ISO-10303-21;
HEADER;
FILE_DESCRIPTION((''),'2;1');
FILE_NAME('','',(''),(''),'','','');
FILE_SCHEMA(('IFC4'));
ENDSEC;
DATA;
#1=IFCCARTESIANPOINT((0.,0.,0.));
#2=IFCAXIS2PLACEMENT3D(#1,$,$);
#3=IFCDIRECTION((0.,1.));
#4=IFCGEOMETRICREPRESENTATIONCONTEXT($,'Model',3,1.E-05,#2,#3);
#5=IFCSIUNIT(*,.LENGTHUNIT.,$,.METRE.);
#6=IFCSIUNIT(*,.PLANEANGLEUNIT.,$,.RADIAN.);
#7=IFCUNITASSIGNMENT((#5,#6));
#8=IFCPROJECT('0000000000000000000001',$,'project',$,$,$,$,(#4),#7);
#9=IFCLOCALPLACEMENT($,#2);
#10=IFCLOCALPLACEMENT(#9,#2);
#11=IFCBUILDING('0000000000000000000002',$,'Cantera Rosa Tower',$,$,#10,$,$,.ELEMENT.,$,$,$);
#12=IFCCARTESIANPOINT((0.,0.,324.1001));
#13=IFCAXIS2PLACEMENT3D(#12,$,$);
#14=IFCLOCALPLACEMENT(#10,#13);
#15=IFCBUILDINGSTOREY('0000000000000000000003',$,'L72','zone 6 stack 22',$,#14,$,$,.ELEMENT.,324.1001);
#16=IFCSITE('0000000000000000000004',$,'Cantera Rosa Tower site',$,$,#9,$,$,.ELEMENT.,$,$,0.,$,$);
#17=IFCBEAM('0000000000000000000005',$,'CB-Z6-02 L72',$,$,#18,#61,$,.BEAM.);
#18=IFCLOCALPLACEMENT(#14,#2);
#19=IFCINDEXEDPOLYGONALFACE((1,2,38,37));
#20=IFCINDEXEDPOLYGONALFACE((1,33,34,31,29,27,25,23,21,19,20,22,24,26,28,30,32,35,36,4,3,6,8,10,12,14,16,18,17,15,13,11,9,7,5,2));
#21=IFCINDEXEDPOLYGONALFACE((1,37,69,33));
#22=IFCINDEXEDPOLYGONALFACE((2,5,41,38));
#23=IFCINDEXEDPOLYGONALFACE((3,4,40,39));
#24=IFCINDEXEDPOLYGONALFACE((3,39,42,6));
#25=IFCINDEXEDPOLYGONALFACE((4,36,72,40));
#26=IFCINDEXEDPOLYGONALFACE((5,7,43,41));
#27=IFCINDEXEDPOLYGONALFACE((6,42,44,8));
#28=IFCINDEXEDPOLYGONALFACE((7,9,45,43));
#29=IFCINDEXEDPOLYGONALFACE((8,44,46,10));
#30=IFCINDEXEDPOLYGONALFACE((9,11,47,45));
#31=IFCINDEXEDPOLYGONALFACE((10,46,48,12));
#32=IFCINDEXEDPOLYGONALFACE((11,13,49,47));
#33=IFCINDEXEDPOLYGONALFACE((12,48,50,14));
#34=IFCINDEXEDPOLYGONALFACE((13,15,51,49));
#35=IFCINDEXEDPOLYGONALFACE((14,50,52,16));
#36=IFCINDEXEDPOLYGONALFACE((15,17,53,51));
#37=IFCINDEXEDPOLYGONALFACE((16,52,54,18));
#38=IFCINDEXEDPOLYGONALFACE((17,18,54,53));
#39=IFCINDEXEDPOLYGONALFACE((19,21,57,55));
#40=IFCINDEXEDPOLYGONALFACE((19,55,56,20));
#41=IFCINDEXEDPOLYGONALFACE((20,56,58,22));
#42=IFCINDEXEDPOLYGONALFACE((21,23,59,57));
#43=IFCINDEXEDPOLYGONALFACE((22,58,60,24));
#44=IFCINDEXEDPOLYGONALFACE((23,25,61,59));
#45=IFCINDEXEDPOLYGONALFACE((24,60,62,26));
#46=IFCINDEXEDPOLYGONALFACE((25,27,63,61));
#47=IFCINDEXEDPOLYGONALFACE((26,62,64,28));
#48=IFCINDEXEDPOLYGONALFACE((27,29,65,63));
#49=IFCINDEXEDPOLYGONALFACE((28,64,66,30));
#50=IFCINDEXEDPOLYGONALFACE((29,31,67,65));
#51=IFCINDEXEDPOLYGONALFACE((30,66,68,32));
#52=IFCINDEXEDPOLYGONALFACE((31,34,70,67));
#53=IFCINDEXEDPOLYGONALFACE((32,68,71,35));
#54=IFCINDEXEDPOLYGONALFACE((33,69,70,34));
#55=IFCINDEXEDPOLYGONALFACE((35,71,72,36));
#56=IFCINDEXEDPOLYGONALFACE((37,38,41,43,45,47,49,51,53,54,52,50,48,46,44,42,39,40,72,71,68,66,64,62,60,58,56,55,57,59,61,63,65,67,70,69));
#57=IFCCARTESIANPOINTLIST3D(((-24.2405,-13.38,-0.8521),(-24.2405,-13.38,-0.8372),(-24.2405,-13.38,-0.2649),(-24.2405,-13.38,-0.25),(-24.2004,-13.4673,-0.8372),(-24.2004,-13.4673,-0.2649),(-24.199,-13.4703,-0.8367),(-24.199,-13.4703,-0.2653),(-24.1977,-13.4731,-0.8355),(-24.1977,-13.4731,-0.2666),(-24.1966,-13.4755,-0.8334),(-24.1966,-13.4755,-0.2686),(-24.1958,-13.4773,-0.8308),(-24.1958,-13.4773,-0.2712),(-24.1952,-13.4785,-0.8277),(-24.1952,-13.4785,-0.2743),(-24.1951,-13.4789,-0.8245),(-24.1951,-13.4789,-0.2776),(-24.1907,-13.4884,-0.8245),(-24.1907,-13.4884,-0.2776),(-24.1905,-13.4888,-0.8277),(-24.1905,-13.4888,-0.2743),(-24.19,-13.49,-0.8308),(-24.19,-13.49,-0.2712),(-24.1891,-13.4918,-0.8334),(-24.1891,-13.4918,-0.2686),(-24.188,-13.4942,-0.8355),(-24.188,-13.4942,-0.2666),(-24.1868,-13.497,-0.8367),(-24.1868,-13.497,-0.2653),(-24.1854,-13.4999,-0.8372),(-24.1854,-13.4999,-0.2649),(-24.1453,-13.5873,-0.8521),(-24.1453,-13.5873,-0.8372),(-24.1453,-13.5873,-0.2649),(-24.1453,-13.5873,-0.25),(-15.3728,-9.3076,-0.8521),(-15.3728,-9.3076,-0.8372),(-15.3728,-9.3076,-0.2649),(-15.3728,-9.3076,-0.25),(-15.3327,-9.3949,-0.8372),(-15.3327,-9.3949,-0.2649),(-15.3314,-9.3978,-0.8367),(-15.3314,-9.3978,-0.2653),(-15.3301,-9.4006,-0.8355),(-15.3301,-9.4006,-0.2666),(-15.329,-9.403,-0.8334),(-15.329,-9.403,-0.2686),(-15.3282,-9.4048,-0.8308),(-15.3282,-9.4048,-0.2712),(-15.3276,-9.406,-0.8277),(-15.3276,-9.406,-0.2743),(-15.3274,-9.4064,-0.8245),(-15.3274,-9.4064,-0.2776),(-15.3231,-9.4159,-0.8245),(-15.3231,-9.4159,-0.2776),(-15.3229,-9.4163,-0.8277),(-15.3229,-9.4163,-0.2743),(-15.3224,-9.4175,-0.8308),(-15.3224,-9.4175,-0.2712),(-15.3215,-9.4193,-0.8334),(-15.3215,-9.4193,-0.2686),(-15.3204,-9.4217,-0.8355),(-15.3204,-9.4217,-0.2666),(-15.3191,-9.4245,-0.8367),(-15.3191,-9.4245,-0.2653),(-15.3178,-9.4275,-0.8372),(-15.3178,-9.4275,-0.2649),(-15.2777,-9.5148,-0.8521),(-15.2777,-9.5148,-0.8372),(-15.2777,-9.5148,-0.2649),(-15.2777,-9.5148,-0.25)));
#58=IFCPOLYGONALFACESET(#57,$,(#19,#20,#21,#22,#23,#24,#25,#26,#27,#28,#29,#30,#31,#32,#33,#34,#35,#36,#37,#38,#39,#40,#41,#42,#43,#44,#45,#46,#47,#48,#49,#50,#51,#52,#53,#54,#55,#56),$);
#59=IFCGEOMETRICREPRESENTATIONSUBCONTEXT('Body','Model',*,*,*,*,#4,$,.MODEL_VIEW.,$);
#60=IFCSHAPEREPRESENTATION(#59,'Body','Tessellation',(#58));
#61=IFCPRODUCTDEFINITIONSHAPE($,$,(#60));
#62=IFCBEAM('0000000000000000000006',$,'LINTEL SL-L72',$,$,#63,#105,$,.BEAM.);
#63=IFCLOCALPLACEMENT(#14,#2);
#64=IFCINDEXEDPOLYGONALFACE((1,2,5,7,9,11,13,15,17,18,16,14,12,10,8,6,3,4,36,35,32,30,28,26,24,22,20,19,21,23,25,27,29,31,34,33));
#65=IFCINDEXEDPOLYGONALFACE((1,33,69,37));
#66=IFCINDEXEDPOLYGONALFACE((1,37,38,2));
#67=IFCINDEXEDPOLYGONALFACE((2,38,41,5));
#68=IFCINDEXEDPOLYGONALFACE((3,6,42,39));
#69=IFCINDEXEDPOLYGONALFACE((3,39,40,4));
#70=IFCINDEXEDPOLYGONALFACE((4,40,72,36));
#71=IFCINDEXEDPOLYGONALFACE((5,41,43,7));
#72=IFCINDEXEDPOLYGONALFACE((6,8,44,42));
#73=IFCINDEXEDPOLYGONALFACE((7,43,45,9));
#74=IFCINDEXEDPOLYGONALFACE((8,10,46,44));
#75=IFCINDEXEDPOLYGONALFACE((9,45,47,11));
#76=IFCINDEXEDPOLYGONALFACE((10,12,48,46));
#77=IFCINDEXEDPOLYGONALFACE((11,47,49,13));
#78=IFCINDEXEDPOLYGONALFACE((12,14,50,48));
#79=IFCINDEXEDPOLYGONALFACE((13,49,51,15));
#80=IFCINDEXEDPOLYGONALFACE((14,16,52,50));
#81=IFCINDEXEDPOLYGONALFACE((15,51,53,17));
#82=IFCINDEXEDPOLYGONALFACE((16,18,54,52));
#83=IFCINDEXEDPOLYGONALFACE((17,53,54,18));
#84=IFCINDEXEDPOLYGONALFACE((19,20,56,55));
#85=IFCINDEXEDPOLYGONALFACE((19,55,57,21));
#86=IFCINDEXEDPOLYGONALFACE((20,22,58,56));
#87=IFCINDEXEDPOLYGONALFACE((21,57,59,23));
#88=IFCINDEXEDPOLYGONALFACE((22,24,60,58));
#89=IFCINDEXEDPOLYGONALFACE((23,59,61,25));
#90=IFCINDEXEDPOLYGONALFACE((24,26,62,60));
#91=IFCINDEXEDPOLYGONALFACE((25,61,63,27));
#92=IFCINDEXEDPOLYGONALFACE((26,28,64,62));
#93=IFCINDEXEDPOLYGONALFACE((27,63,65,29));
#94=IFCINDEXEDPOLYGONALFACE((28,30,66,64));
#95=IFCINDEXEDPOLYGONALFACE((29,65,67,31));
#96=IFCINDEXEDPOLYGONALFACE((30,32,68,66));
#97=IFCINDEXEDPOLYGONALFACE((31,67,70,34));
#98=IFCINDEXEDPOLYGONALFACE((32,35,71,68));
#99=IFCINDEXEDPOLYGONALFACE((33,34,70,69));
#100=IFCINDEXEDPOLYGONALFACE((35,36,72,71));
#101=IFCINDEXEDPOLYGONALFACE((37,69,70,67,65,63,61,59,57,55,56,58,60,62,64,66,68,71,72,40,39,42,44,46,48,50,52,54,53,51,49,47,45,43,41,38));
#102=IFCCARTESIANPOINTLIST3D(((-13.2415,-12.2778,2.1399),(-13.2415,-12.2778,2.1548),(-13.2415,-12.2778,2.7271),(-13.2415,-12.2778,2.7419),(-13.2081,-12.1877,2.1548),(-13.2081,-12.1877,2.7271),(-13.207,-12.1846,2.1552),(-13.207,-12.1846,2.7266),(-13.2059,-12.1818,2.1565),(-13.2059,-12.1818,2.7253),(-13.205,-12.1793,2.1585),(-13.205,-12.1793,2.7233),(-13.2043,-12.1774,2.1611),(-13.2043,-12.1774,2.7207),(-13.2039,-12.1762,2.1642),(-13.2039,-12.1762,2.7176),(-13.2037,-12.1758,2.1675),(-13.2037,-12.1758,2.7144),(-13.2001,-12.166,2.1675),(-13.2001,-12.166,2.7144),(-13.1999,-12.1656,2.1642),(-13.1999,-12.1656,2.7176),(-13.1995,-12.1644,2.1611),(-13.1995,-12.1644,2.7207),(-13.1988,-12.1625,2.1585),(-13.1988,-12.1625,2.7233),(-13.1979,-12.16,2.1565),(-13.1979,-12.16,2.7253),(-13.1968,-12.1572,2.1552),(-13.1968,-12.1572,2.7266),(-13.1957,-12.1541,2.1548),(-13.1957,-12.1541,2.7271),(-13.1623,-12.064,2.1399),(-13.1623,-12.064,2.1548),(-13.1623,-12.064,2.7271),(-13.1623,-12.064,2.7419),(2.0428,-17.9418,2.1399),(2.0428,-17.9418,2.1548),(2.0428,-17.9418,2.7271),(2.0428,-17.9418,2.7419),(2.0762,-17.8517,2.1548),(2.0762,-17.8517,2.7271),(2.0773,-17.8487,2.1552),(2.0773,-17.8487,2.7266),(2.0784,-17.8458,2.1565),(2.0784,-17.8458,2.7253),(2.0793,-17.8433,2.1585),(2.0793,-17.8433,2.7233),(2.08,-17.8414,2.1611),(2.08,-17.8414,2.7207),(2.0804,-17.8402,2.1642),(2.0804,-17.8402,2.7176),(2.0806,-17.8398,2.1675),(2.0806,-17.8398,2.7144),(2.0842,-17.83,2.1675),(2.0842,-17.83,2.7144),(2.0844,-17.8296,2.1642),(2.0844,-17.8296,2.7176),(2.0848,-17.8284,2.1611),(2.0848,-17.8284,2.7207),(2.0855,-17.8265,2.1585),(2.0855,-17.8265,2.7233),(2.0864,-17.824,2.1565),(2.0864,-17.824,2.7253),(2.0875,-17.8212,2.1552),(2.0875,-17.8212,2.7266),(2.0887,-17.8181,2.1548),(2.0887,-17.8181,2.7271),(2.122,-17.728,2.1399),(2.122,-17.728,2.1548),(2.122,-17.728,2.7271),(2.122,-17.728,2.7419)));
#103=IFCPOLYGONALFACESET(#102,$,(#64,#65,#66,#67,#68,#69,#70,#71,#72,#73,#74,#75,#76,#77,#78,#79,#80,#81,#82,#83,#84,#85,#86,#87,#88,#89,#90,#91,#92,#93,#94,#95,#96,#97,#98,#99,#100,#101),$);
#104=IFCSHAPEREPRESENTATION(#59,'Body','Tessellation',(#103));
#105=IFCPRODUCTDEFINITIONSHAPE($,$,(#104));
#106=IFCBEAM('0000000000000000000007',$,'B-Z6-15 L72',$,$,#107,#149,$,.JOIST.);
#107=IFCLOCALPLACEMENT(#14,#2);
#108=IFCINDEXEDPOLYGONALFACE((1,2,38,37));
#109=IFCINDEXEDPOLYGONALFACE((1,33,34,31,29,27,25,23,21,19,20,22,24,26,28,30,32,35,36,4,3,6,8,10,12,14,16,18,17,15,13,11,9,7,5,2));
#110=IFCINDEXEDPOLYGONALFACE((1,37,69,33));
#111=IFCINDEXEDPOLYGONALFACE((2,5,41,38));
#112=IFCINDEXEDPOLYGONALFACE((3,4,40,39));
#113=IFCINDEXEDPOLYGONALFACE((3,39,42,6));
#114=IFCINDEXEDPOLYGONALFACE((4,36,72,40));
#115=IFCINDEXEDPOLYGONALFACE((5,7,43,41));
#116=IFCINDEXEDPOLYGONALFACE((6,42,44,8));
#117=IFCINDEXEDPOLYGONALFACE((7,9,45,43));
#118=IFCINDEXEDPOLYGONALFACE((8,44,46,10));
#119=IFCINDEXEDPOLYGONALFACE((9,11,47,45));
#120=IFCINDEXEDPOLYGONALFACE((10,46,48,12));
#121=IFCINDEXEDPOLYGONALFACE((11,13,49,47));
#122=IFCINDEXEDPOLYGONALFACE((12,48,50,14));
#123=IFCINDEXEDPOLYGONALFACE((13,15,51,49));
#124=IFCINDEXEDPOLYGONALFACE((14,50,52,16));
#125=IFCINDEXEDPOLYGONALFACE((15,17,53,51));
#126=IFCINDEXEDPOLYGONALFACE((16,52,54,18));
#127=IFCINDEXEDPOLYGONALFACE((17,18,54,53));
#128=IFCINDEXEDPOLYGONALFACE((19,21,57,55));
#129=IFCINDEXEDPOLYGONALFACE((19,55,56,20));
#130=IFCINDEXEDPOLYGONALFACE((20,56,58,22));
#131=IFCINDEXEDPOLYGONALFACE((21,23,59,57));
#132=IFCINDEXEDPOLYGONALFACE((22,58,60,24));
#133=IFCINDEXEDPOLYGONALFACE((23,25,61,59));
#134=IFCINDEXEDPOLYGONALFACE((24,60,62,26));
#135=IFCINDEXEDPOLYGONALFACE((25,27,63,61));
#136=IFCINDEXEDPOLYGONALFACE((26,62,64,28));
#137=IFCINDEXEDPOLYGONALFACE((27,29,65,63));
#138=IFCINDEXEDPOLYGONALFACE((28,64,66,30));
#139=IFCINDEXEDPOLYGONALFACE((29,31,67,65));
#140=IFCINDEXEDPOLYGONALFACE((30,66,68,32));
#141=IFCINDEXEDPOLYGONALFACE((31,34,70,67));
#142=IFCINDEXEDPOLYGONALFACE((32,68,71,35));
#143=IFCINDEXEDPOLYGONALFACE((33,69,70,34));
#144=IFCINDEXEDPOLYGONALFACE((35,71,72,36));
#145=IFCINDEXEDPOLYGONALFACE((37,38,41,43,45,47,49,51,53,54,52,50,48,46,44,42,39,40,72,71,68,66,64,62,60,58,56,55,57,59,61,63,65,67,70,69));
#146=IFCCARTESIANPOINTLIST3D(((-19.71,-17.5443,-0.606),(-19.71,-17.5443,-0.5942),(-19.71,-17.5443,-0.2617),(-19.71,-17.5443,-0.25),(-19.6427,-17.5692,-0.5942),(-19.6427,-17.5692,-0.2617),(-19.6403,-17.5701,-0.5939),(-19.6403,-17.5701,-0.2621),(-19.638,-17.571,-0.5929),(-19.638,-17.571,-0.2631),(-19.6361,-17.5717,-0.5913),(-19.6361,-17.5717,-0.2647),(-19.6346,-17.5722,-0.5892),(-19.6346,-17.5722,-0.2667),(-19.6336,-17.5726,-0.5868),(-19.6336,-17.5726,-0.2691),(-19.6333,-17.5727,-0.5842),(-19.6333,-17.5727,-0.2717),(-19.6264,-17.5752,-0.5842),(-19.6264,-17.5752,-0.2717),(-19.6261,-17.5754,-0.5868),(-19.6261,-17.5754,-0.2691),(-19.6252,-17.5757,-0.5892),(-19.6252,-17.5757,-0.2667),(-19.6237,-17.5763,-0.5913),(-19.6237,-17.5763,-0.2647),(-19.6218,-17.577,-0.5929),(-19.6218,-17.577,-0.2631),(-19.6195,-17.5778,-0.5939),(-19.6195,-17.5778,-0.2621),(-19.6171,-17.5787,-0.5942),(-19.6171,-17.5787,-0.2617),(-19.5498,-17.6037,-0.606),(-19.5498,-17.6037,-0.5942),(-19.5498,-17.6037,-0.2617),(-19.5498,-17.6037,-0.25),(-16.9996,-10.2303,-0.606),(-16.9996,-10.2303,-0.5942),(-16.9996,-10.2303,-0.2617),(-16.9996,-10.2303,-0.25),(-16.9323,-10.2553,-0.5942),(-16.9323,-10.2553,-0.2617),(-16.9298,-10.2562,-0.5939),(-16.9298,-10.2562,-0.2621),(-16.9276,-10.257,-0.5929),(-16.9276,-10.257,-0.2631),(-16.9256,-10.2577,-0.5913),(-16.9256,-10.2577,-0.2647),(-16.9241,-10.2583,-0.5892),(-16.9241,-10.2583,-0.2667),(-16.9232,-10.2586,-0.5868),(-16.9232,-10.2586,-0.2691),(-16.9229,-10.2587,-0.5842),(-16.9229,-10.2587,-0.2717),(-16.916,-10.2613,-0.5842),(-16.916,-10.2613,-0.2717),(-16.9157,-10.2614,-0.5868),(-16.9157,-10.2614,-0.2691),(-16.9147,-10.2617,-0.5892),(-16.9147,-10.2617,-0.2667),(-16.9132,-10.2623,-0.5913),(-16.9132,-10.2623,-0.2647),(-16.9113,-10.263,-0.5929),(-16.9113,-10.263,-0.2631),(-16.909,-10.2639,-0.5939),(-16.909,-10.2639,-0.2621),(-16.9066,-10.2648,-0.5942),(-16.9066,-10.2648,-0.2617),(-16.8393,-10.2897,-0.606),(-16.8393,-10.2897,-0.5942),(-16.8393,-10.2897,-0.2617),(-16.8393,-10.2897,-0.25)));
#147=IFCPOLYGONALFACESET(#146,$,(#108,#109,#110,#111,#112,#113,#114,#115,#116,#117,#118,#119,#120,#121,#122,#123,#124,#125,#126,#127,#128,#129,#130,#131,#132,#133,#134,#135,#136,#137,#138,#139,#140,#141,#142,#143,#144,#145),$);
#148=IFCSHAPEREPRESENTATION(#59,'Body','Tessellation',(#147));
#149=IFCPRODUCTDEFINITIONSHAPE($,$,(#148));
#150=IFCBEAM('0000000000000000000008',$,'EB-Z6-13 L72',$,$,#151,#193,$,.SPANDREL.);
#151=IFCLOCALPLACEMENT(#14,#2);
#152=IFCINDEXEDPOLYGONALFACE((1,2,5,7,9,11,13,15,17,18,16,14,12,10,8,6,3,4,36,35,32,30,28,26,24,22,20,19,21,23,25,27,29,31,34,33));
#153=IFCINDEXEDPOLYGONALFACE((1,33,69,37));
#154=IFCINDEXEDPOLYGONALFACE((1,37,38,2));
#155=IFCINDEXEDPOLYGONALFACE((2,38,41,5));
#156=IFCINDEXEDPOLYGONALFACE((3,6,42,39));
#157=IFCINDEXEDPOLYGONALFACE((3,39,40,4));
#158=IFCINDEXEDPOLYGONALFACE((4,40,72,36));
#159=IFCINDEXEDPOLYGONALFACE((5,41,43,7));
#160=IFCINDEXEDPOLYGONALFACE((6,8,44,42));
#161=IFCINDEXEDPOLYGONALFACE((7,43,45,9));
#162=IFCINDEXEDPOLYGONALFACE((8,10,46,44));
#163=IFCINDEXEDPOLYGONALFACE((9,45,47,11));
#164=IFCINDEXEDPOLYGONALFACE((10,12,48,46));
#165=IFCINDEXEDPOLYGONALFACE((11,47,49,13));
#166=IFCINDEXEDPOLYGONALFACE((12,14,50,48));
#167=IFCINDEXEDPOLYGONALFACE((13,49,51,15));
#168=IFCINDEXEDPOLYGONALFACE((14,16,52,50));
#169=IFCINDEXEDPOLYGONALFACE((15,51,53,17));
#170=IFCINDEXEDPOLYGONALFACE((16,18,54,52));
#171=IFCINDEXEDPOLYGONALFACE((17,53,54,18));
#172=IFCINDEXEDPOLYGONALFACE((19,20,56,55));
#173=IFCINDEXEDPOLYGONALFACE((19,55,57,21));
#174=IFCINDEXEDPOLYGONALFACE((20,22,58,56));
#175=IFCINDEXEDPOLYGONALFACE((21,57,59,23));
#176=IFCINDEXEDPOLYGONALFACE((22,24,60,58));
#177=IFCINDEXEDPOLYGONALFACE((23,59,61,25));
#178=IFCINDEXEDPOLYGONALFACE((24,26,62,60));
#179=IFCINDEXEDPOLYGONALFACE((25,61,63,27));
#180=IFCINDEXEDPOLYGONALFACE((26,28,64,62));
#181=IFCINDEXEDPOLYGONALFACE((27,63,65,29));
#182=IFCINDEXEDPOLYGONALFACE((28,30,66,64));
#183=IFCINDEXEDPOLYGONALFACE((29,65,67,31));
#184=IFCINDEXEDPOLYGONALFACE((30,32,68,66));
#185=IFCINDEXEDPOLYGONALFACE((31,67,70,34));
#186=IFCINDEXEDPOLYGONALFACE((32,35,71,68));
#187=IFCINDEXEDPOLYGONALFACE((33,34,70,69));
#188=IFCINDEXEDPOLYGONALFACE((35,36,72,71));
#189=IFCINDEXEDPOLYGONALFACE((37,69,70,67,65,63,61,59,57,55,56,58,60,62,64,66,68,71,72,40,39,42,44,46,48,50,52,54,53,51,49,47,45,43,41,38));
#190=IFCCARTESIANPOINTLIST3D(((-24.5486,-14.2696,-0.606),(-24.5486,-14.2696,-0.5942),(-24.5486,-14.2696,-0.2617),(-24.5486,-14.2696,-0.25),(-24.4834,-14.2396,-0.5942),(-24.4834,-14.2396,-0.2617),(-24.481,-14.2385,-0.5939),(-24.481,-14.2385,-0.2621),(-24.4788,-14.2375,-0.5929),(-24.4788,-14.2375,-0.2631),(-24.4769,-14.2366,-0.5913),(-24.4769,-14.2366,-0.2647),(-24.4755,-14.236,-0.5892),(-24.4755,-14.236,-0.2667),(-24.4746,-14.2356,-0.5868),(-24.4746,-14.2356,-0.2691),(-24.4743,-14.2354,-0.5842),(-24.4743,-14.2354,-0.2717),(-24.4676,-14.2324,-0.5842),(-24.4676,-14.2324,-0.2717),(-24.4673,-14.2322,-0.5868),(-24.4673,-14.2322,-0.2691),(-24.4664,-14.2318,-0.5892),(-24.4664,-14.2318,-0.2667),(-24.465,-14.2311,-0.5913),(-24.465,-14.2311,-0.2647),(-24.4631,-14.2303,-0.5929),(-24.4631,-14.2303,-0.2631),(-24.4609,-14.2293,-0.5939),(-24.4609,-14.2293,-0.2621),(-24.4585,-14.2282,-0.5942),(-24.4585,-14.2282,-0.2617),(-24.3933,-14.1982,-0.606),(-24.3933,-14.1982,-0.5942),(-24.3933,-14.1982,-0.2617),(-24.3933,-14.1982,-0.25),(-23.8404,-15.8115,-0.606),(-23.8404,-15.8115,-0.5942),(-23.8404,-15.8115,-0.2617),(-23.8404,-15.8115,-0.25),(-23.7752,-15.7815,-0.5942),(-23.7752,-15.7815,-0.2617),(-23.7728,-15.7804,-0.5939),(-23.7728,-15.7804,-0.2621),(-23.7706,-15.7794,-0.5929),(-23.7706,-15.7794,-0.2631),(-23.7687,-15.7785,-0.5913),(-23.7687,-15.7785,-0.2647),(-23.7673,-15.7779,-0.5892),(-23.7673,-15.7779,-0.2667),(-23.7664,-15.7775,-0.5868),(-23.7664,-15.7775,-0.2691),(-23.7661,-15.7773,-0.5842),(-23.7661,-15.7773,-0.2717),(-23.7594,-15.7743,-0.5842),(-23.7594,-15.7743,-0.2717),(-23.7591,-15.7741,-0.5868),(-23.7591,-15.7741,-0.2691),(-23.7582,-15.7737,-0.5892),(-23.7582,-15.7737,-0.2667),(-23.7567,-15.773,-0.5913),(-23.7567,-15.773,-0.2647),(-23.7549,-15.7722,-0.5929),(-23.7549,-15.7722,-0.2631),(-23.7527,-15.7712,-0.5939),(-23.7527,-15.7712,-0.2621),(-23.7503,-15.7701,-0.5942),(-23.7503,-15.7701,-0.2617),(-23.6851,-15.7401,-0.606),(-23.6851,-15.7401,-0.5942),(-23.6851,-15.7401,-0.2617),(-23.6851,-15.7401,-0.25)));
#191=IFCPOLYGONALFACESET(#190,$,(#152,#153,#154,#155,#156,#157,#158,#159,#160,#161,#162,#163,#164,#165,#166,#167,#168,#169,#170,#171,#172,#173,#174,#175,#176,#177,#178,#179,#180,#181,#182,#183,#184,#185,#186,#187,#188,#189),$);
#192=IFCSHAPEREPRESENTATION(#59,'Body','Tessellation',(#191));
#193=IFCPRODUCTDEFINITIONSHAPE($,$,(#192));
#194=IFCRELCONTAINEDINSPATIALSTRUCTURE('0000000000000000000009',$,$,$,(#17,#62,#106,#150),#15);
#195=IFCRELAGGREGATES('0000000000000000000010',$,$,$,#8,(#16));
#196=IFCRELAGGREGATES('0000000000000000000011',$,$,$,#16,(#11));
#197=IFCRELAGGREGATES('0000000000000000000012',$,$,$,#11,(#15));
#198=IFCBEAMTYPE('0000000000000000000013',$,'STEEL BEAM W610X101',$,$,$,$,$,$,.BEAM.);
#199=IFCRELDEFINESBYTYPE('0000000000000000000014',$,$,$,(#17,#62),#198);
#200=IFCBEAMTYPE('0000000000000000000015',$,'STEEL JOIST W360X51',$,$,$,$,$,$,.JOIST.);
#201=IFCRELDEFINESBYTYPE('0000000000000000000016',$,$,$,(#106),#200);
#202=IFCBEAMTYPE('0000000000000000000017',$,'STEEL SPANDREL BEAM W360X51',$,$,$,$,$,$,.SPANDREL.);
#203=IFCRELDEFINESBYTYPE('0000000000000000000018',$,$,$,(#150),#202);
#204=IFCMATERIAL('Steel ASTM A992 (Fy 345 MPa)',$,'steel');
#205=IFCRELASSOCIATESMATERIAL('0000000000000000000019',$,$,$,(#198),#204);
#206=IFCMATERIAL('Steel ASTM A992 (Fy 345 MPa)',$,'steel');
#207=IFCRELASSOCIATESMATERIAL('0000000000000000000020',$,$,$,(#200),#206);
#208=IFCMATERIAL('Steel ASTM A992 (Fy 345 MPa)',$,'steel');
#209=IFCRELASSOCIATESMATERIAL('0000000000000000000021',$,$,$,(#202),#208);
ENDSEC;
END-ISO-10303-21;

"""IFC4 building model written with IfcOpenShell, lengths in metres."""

from ifc_helpers import new_model, si_unit, direction, frame, origin, origin_2d, place, context, subcontext, project, spatial, i_section, extrude, material, material_profile, profile_set, type_object, element, save


model = new_model("IFC4")

# Units and contexts
model_context = context("Model", 3, precision=1e-05, world=origin(), true_north=direction((0.0, 1.0)))
body_context = subcontext(model_context, "Body", "Model", "MODEL_VIEW")
ifc_project = project(units=[si_unit("LENGTHUNIT", "METRE"), si_unit("PLANEANGLEUNIT", "RADIAN")], contexts=[model_context])

# Site, building, storey
site_placement = place(None, origin())
site = spatial("IfcSite", under=ifc_project, at=site_placement, Name="Cantera Rosa Tower site", CompositionType="ELEMENT", RefElevation=0.0)
building_placement = place(site_placement, origin())
building = spatial("IfcBuilding", under=site, at=building_placement, Name="Cantera Rosa Tower", CompositionType="ELEMENT")
storey_placement = place(building_placement, frame((0.0, 0.0, 324.1001)))
storey = spatial("IfcBuildingStorey", under=building, at=storey_placement, Name="L72", Description="zone 6 stack 22", CompositionType="ELEMENT", Elevation=324.1001)

# Beams
ifc_material_1 = material(Name="Steel ASTM A992 (Fy 345 MPa)", Category="steel")
ifc_material_profile_1 = material_profile(ifc_material_1, i_section(OverallWidth=0.228, OverallDepth=0.6021, WebThickness=0.0105, FlangeThickness=0.0149, FilletRadius=0.0127, at=origin_2d()), Name="W610X101")
ifc_profile_set_1 = profile_set([ifc_material_profile_1], Name="Steel ASTM A992 (Fy 345 MPa)")
beam_type_1 = type_object("IfcBeamType", Name="STEEL BEAM W610X101", PredefinedType="BEAM", material=ifc_profile_set_1)
beam_1_placement = place(storey_placement, frame((-24.1929, -13.4836, -0.551), z_axis=(0.908748, 0.417346, 0.0), x_axis=(-0.417346, 0.908748, 0.0)))
element("IfcBeam", 1, at=beam_1_placement, inside=storey, type_object=beam_type_1, Name="CB-Z6-02 L72", PredefinedType="BEAM", context=body_context, shape_type="SweptSolid", body=[
    extrude(i_section(OverallWidth=0.228, OverallDepth=0.6021, WebThickness=0.0105, FlangeThickness=0.0149, FilletRadius=0.0127, at=origin_2d()), origin(), (0.0, 0.0, 1.0), 9.7581),
])
beam_2_placement = place(storey_placement, frame((-13.2019, -12.1709, 2.4409), z_axis=(0.937686, -0.347485, 0.0), x_axis=(0.347485, 0.937686, 0.0)))
element("IfcBeam", 2, at=beam_2_placement, inside=storey, type_object=beam_type_1, Name="LINTEL SL-L72", PredefinedType="BEAM", context=body_context, shape_type="SweptSolid", body=[
    extrude(i_section(OverallWidth=0.228, OverallDepth=0.6021, WebThickness=0.0105, FlangeThickness=0.0149, FilletRadius=0.0127, at=origin_2d()), origin(), (0.0, 0.0, 1.0), 16.3),
])
ifc_material_2 = material(Name="Steel ASTM A992 (Fy 345 MPa)", Category="steel")
ifc_material_profile_2 = material_profile(ifc_material_2, i_section(OverallWidth=0.1709, OverallDepth=0.356, WebThickness=0.0073, FlangeThickness=0.0117, FilletRadius=0.01, at=origin_2d()), Name="W360X51")
ifc_profile_set_2 = profile_set([ifc_material_profile_2], Name="Steel ASTM A992 (Fy 345 MPa)")
beam_type_2 = type_object("IfcBeamType", Name="STEEL JOIST W360X51", PredefinedType="JOIST", material=ifc_profile_set_2)
beam_3_placement = place(storey_placement, frame((-19.6299, -17.574, -0.428), z_axis=(0.347492, 0.937683, 0.0), x_axis=(-0.937683, 0.347492, 0.0)))
element("IfcBeam", 3, at=beam_3_placement, inside=storey, type_object=beam_type_2, Name="B-Z6-15 L72", PredefinedType="JOIST", context=body_context, shape_type="SweptSolid", body=[
    extrude(i_section(OverallWidth=0.1709, OverallDepth=0.356, WebThickness=0.0073, FlangeThickness=0.0117, FilletRadius=0.01, at=origin_2d()), origin(), (0.0, 0.0, 1.0), 7.8),
])
ifc_material_3 = material(Name="Steel ASTM A992 (Fy 345 MPa)", Category="steel")
ifc_material_profile_3 = material_profile(ifc_material_3, i_section(OverallWidth=0.1709, OverallDepth=0.356, WebThickness=0.0073, FlangeThickness=0.0117, FilletRadius=0.01, at=origin_2d()), Name="W360X51")
ifc_profile_set_3 = profile_set([ifc_material_profile_3], Name="Steel ASTM A992 (Fy 345 MPa)")
beam_type_3 = type_object("IfcBeamType", Name="STEEL SPANDREL BEAM W360X51", PredefinedType="SPANDREL", material=ifc_profile_set_3)
beam_4_placement = place(storey_placement, frame((-24.4709, -14.2339, -0.428), z_axis=(0.417388, -0.908728, 0.0), x_axis=(0.908728, 0.417388, 0.0)))
element("IfcBeam", 4, at=beam_4_placement, inside=storey, type_object=beam_type_3, Name="EB-Z6-13 L72", PredefinedType="SPANDREL", context=body_context, shape_type="SweptSolid", body=[
    extrude(i_section(OverallWidth=0.1709, OverallDepth=0.356, WebThickness=0.0073, FlangeThickness=0.0117, FilletRadius=0.01, at=origin_2d()), origin(), (0.0, 0.0, 1.0), 1.6968),
])

save(model, "model.ifc")
